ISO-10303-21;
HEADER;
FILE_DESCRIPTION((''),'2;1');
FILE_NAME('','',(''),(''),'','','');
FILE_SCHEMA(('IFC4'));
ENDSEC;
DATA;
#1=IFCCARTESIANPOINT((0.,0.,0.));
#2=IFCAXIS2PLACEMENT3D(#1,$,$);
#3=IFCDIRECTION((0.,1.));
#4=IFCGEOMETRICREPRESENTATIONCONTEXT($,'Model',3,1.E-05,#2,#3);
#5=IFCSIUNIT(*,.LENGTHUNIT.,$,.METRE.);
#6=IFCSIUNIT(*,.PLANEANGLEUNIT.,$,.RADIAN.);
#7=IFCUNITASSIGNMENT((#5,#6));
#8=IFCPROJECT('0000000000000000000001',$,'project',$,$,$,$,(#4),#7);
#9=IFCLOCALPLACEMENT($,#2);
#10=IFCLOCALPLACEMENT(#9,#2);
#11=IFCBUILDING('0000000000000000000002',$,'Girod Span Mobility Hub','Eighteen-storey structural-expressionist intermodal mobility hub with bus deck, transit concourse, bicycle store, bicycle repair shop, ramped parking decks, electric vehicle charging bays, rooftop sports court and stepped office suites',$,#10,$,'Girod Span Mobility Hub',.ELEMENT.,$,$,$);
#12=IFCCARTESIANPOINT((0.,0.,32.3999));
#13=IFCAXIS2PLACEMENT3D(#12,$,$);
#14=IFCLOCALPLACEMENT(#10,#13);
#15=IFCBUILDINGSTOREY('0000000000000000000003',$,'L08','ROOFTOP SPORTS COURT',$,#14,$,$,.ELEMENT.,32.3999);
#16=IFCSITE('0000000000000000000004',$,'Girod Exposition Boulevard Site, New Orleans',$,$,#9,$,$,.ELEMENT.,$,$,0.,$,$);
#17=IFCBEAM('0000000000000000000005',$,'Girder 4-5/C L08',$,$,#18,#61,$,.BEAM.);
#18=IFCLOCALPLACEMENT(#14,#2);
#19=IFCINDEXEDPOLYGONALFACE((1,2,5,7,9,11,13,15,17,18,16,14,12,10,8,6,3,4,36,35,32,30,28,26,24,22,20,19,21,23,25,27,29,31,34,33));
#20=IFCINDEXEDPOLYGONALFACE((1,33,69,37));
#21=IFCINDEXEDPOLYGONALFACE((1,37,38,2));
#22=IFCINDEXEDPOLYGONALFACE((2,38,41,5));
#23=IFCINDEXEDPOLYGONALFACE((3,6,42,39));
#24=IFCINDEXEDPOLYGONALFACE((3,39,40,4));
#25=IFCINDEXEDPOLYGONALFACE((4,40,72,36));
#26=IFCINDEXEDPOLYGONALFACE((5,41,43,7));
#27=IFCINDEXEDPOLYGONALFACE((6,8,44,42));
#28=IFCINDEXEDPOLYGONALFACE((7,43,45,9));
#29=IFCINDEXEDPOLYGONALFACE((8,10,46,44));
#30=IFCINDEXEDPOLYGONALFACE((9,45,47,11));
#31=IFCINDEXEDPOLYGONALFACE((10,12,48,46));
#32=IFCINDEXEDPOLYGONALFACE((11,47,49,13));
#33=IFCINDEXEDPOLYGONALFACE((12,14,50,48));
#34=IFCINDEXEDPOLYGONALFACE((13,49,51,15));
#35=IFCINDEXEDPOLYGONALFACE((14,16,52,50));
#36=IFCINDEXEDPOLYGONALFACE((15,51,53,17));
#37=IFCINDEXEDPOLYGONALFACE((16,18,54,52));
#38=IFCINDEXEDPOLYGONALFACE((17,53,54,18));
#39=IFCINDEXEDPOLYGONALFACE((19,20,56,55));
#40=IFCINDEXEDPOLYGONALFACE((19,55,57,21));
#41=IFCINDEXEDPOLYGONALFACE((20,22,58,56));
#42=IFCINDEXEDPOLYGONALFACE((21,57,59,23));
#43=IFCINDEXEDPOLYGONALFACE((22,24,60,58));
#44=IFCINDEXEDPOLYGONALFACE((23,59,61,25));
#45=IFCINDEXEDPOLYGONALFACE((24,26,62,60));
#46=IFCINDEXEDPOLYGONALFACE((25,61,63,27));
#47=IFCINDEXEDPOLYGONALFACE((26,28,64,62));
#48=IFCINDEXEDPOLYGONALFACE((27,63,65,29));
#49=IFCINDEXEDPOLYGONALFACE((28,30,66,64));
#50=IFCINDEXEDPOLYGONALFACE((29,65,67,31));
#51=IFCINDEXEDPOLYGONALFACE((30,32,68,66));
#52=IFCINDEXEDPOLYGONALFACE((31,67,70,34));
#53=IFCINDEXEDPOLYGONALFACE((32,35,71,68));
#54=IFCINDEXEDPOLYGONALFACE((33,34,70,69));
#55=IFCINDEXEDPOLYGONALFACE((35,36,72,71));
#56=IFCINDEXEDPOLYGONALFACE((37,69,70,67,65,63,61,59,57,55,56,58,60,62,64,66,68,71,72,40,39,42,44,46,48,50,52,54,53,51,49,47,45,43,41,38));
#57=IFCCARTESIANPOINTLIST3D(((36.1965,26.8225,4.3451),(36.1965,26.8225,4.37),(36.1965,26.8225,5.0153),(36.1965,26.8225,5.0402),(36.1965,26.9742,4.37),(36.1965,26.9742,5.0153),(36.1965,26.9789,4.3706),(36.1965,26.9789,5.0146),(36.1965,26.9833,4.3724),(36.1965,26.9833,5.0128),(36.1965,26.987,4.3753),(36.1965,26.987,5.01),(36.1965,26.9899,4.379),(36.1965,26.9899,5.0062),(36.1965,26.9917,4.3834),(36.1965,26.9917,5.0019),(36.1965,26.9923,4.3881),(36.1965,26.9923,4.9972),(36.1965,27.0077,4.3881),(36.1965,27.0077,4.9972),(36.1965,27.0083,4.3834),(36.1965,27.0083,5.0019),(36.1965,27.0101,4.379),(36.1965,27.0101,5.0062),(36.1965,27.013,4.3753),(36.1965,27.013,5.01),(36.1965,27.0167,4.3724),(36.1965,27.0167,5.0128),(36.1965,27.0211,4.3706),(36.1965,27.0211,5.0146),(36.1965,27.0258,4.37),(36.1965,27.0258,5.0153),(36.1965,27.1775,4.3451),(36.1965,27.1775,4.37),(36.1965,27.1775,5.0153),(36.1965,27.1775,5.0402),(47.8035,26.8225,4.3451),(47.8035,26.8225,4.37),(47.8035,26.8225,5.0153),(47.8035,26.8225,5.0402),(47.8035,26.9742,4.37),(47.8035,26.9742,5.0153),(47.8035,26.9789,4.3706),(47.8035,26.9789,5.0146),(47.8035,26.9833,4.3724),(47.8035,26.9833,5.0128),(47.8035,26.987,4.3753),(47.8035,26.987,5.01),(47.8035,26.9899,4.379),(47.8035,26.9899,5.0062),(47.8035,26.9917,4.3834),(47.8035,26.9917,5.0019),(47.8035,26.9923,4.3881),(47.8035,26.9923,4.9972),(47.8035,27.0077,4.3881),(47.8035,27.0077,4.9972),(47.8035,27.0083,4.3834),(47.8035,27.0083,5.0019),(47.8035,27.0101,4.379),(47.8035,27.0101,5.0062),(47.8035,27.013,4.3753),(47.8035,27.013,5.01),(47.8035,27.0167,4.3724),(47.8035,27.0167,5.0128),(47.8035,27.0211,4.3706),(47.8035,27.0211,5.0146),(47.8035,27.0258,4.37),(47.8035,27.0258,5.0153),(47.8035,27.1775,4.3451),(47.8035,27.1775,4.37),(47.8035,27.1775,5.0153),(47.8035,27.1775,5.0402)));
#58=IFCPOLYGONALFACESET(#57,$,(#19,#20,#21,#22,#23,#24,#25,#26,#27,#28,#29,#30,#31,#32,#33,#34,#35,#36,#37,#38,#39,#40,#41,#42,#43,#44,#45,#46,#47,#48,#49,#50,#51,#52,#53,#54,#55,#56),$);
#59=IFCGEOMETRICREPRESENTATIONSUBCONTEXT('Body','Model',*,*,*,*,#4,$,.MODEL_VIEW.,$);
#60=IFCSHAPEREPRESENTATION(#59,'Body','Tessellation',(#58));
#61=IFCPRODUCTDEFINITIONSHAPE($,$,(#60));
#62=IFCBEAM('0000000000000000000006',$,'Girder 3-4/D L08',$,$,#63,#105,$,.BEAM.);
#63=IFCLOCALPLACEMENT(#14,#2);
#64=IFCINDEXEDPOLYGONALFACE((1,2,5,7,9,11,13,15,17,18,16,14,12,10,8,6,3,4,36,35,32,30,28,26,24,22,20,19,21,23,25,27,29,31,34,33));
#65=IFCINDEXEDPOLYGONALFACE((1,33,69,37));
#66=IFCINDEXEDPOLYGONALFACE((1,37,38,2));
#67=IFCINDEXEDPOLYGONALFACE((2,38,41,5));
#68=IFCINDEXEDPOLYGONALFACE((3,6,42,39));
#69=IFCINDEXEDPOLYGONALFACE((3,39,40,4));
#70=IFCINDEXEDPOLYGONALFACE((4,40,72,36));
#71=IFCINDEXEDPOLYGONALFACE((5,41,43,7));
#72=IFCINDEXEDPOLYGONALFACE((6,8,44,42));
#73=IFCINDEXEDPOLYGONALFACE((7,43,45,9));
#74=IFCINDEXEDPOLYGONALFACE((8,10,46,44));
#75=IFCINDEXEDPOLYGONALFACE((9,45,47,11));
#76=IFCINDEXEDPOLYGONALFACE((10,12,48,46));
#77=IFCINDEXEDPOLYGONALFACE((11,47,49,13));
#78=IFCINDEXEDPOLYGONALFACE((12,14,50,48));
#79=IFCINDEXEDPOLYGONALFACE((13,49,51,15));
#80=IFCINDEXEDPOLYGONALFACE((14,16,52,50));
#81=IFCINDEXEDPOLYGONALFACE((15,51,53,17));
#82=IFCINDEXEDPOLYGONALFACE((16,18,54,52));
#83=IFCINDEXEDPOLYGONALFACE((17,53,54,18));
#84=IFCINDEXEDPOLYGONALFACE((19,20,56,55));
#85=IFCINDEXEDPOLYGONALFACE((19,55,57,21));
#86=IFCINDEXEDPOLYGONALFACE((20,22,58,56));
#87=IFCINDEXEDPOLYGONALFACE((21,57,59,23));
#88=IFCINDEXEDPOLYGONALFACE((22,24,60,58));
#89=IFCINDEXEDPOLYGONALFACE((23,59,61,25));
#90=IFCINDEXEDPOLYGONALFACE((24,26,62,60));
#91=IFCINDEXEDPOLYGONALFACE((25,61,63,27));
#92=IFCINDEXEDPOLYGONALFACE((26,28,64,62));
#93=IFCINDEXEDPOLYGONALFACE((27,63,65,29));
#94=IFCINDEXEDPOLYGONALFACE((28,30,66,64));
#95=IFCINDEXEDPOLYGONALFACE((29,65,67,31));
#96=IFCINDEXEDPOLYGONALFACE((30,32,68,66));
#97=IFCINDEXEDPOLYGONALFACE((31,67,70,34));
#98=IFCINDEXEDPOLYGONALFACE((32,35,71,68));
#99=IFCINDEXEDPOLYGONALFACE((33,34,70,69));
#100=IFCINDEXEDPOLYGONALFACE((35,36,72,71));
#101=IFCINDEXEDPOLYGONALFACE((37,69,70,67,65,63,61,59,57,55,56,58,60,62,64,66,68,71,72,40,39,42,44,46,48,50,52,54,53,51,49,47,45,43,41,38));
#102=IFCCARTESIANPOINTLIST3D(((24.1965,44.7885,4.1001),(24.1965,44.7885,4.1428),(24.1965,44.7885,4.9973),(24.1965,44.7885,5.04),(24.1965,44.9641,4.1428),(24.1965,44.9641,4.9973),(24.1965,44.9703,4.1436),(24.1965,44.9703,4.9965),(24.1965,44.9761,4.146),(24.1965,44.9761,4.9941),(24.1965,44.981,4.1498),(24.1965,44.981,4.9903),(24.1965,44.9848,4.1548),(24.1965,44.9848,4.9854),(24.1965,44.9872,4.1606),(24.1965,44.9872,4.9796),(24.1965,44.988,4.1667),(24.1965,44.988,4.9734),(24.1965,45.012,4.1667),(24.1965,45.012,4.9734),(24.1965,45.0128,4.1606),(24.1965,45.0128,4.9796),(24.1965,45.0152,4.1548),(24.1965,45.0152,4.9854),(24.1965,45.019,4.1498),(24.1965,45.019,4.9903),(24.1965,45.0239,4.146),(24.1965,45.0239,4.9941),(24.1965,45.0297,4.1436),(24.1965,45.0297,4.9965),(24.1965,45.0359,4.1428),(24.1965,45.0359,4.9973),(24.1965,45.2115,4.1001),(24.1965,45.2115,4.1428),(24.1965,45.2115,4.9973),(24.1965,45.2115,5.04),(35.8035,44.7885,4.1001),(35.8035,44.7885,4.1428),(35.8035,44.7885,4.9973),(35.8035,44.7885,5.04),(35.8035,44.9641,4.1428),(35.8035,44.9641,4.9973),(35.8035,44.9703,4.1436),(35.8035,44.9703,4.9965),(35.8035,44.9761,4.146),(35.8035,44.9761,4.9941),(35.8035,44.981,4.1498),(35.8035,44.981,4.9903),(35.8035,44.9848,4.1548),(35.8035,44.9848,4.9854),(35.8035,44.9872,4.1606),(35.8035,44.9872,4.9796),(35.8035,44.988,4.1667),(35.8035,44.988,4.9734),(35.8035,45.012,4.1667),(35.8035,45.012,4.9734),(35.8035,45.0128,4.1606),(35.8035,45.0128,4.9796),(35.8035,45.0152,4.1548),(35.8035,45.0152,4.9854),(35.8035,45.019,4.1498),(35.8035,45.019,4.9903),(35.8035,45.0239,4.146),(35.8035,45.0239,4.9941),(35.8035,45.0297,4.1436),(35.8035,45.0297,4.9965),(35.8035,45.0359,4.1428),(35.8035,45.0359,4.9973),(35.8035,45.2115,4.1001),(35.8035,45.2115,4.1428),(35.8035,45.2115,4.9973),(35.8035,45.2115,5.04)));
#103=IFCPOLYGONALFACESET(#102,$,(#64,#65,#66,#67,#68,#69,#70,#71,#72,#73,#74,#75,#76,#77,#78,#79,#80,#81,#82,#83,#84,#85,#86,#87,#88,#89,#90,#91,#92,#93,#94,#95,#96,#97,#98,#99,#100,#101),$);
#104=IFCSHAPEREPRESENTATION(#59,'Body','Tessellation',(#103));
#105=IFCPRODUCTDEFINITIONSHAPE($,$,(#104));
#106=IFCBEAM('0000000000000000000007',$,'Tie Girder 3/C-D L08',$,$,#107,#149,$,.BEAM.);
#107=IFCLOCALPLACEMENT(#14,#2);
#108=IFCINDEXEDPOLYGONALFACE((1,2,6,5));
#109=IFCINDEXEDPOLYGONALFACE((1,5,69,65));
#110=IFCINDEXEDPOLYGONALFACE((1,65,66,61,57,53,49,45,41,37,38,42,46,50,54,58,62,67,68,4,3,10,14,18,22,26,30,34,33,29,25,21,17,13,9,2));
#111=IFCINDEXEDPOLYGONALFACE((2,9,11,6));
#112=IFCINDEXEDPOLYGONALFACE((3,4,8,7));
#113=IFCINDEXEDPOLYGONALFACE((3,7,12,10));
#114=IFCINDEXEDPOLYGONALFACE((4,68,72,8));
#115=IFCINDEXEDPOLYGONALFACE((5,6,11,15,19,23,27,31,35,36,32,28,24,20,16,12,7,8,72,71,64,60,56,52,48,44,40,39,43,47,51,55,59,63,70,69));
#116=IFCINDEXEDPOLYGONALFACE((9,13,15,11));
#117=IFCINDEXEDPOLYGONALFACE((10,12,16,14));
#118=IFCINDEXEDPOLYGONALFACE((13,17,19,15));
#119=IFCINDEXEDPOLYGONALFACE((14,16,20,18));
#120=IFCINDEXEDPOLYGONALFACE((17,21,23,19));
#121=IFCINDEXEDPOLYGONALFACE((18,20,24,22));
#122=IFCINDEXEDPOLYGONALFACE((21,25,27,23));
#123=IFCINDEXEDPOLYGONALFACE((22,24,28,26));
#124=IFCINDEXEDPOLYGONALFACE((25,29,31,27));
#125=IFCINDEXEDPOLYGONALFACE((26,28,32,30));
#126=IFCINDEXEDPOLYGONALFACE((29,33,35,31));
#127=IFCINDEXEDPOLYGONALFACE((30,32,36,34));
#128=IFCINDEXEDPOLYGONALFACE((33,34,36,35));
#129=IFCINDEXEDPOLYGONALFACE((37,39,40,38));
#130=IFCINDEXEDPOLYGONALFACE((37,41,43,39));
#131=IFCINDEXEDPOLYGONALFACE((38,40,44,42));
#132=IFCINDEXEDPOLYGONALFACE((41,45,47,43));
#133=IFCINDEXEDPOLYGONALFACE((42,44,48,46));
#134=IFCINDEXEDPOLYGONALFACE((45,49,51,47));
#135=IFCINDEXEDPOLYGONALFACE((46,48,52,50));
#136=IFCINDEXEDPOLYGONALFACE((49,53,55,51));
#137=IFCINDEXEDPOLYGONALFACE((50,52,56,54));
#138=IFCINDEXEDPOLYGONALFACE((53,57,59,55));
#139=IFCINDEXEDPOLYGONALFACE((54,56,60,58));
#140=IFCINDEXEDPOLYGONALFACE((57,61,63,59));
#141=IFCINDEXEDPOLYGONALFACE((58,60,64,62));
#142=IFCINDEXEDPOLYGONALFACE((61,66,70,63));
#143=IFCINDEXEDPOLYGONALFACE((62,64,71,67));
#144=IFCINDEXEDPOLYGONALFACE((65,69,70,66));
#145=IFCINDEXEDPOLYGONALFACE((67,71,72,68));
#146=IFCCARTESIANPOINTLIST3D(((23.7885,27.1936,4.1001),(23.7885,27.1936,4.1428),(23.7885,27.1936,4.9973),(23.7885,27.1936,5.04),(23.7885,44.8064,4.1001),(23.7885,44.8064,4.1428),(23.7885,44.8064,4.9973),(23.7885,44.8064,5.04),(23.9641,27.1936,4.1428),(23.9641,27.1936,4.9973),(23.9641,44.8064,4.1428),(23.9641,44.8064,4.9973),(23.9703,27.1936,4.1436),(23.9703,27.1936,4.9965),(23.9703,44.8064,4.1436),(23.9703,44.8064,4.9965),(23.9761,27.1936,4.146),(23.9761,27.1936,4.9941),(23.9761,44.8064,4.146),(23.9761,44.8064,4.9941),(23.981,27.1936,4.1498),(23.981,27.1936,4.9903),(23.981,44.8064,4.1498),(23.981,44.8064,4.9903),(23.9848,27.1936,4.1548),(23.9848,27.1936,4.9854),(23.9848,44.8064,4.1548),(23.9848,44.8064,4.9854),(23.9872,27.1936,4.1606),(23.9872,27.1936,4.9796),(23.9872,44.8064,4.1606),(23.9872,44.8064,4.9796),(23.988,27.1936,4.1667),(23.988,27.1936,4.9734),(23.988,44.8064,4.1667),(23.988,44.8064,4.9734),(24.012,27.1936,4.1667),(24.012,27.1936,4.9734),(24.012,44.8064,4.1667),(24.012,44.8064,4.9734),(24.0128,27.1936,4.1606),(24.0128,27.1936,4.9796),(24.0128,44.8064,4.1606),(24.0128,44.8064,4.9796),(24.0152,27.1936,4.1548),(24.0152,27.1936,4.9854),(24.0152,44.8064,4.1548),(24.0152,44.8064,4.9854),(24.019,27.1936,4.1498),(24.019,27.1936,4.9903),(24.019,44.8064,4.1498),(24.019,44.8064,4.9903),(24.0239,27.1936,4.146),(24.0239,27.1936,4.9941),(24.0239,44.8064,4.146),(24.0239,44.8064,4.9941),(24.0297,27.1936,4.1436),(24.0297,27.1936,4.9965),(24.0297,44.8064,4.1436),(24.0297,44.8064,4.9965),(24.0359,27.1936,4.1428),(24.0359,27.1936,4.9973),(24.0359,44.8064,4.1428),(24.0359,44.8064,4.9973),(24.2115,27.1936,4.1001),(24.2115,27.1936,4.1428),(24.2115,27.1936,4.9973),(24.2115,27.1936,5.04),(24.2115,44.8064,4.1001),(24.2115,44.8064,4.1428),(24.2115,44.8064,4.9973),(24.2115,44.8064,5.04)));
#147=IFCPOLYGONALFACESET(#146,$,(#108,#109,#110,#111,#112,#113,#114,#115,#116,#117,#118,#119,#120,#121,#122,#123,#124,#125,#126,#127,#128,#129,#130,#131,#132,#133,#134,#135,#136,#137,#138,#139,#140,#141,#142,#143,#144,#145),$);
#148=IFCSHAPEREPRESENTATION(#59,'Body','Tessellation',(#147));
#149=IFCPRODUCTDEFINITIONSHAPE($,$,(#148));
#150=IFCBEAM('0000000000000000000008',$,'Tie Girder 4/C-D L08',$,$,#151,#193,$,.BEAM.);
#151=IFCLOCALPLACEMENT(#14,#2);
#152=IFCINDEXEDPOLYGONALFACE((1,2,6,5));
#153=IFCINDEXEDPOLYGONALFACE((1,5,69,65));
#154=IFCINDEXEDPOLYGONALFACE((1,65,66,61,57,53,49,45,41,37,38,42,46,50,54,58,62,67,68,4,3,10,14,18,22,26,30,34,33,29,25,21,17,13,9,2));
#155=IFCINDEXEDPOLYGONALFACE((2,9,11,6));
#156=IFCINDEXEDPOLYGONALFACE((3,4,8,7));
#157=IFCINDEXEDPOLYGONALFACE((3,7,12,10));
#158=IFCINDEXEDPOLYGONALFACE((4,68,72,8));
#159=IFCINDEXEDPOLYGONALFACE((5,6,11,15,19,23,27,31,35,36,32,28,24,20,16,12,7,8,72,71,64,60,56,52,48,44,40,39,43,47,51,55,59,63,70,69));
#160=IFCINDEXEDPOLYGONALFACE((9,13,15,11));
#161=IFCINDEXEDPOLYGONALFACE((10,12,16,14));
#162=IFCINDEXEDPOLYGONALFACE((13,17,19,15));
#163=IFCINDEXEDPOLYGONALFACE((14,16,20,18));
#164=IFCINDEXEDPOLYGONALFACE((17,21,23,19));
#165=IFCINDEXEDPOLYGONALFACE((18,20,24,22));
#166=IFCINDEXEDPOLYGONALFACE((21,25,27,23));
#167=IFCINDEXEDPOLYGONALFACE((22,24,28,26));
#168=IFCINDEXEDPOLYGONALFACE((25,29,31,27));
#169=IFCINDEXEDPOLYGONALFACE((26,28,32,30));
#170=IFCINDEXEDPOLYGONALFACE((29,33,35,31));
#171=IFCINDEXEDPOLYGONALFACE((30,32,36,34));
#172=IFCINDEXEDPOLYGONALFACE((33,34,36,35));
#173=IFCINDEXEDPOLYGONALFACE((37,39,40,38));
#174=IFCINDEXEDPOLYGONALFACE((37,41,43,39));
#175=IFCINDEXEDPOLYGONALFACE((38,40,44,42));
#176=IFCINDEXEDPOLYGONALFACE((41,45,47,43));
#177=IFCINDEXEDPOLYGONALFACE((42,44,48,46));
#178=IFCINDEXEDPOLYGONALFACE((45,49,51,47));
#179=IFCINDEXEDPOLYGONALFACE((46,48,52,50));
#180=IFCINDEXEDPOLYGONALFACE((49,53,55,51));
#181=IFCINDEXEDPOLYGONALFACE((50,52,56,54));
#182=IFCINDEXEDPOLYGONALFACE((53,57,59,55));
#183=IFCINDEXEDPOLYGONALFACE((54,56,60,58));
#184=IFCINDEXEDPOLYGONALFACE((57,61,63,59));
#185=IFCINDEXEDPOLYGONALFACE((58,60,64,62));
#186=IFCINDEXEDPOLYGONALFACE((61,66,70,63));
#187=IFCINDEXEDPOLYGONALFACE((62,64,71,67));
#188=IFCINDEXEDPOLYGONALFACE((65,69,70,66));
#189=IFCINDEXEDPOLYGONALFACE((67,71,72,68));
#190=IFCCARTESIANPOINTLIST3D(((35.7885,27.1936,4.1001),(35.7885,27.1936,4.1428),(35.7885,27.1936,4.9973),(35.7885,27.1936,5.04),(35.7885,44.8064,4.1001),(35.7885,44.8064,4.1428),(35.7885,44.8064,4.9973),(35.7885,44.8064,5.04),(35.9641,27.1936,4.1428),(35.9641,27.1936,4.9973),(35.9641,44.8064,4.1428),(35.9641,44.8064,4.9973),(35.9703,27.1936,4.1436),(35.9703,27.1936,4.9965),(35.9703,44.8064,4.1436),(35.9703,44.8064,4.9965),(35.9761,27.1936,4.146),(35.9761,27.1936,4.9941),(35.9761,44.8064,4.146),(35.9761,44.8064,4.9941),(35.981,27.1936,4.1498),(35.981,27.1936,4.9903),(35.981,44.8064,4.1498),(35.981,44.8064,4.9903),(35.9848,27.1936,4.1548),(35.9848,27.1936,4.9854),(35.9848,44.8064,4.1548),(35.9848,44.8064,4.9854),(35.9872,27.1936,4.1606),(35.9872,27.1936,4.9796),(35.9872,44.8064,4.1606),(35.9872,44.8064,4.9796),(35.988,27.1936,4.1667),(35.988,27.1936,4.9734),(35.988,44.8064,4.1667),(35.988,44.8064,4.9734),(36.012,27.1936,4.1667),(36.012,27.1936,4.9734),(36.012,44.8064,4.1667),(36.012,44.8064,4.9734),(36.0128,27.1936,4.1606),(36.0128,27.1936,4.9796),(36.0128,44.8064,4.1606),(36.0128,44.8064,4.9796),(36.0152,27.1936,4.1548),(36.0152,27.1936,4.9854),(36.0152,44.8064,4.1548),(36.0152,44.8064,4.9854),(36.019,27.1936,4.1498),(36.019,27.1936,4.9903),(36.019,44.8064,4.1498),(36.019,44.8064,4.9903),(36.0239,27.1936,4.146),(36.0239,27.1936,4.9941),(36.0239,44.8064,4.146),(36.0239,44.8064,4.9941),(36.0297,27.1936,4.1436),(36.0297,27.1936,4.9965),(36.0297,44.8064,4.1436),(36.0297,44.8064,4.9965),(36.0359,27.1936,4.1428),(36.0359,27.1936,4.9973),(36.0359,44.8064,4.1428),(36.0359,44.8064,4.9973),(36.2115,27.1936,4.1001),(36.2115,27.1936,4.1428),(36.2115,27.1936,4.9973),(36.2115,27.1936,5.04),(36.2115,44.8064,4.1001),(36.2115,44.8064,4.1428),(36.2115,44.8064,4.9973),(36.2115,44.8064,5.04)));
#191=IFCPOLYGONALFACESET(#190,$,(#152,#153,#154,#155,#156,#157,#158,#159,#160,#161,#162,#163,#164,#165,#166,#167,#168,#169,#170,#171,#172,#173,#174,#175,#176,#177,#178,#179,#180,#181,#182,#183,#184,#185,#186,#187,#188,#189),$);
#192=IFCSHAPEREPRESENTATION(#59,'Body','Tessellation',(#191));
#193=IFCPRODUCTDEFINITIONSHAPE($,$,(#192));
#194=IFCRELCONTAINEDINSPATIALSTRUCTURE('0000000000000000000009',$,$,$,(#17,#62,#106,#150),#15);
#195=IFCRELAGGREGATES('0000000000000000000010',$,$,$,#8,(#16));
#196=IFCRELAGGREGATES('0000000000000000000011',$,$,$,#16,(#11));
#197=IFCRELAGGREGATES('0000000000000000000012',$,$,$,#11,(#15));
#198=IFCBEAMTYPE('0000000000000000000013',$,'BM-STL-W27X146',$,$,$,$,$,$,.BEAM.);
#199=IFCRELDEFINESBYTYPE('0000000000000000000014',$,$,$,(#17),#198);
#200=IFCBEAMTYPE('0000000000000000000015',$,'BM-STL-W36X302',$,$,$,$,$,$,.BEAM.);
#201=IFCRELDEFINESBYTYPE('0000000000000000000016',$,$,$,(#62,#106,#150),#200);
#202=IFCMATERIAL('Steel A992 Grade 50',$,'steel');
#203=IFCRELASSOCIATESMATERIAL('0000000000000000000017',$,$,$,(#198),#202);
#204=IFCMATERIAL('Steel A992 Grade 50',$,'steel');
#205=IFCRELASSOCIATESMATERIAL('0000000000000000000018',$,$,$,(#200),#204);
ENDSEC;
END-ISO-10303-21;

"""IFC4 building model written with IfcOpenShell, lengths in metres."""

from ifc_helpers import new_model, si_unit, direction, frame, origin, origin_2d, place, context, subcontext, project, spatial, i_section, extrude, material, material_profile, profile_set, type_object, element, save


model = new_model("IFC4")

# Units and contexts
model_context = context("Model", 3, precision=1e-05, world=origin(), true_north=direction((0.0, 1.0)))
body_context = subcontext(model_context, "Body", "Model", "MODEL_VIEW")
ifc_project = project(units=[si_unit("LENGTHUNIT", "METRE"), si_unit("PLANEANGLEUNIT", "RADIAN")], contexts=[model_context])

# Site, building, storey
site_placement = place(None, origin())
site = spatial("IfcSite", under=ifc_project, at=site_placement, Name="Girod Exposition Boulevard Site, New Orleans", CompositionType="ELEMENT", RefElevation=0.0)
building_placement = place(site_placement, origin())
building = spatial("IfcBuilding", under=site, at=building_placement, Name="Girod Span Mobility Hub", Description="Eighteen-storey structural-expressionist intermodal mobility hub with bus deck, transit concourse, bicycle store, bicycle repair shop, ramped parking decks, electric vehicle charging bays, rooftop sports court and stepped office suites", LongName="Girod Span Mobility Hub", CompositionType="ELEMENT")
storey_placement = place(building_placement, frame((0.0, 0.0, 32.3999)))
storey = spatial("IfcBuildingStorey", under=building, at=storey_placement, Name="L08", Description="ROOFTOP SPORTS COURT", CompositionType="ELEMENT", Elevation=32.3999)

# Beams
ifc_material_1 = material(Name="Steel A992 Grade 50", Category="steel")
ifc_material_profile_1 = material_profile(ifc_material_1, i_section(OverallWidth=0.355, OverallDepth=0.6951, WebThickness=0.0154, FlangeThickness=0.0249, FilletRadius=0.0181, at=origin_2d()), Name="W27X146")
ifc_profile_set_1 = profile_set([ifc_material_profile_1], Name="Steel A992 Grade 50")
beam_type_1 = type_object("IfcBeamType", Name="BM-STL-W27X146", PredefinedType="BEAM", material=ifc_profile_set_1)
for number, where, z_axis, x_axis, name in (
    (1, (36.1965, 27.0, 4.6926), (1.0, 0.0, 0.0), (0.0, 1.0, 0.0), "Girder 4-5/C L08"),
):
    element("IfcBeam", number, at=place(storey_placement, frame(where, z_axis=z_axis, x_axis=x_axis)), inside=storey, type_object=beam_type_1, Name=name, PredefinedType="BEAM", context=body_context, shape_type="SweptSolid", body=[
        extrude(i_section(OverallWidth=0.355, OverallDepth=0.6951, WebThickness=0.0154, FlangeThickness=0.0249, FilletRadius=0.0181, at=origin_2d()), origin(), (0.0, 0.0, 1.0), 11.6069),
    ])
ifc_material_2 = material(Name="Steel A992 Grade 50", Category="steel")
ifc_material_profile_2 = material_profile(ifc_material_2, i_section(OverallWidth=0.4231, OverallDepth=0.9399, WebThickness=0.0239, FlangeThickness=0.0427, FilletRadius=0.0239, at=origin_2d()), Name="W36X302")
ifc_profile_set_2 = profile_set([ifc_material_profile_2], Name="Steel A992 Grade 50")
beam_type_2 = type_object("IfcBeamType", Name="BM-STL-W36X302", PredefinedType="BEAM", material=ifc_profile_set_2)
beam_placement = place(storey_placement, frame((24.1965, 45.0, 4.5701), z_axis=(1.0, 0.0, 0.0), x_axis=(0.0, 1.0, 0.0)))
element("IfcBeam", 2, at=beam_placement, inside=storey, type_object=beam_type_2, Name="Girder 3-4/D L08", PredefinedType="BEAM", context=body_context, shape_type="SweptSolid", body=[
    extrude(i_section(OverallWidth=0.4231, OverallDepth=0.9399, WebThickness=0.0239, FlangeThickness=0.0427, FilletRadius=0.0239, at=origin_2d()), origin(), (0.0, 0.0, 1.0), 11.6069),
])
for number, where, z_axis, x_axis, name in (
    (3, (24.0, 27.1936, 4.5701), (0.0, 1.0, 0.0), (-1.0, 0.0, 0.0), "Tie Girder 3/C-D L08"),
    (4, (36.0, 27.1936, 4.5701), (0.0, 1.0, 0.0), (-1.0, 0.0, 0.0), "Tie Girder 4/C-D L08"),
):
    element("IfcBeam", number, at=place(storey_placement, frame(where, z_axis=z_axis, x_axis=x_axis)), inside=storey, type_object=beam_type_2, Name=name, PredefinedType="BEAM", context=body_context, shape_type="SweptSolid", body=[
        extrude(i_section(OverallWidth=0.4231, OverallDepth=0.9399, WebThickness=0.0239, FlangeThickness=0.0427, FilletRadius=0.0239, at=origin_2d()), origin(), (0.0, 0.0, 1.0), 17.6128),
    ])

save(model, "model.ifc")
